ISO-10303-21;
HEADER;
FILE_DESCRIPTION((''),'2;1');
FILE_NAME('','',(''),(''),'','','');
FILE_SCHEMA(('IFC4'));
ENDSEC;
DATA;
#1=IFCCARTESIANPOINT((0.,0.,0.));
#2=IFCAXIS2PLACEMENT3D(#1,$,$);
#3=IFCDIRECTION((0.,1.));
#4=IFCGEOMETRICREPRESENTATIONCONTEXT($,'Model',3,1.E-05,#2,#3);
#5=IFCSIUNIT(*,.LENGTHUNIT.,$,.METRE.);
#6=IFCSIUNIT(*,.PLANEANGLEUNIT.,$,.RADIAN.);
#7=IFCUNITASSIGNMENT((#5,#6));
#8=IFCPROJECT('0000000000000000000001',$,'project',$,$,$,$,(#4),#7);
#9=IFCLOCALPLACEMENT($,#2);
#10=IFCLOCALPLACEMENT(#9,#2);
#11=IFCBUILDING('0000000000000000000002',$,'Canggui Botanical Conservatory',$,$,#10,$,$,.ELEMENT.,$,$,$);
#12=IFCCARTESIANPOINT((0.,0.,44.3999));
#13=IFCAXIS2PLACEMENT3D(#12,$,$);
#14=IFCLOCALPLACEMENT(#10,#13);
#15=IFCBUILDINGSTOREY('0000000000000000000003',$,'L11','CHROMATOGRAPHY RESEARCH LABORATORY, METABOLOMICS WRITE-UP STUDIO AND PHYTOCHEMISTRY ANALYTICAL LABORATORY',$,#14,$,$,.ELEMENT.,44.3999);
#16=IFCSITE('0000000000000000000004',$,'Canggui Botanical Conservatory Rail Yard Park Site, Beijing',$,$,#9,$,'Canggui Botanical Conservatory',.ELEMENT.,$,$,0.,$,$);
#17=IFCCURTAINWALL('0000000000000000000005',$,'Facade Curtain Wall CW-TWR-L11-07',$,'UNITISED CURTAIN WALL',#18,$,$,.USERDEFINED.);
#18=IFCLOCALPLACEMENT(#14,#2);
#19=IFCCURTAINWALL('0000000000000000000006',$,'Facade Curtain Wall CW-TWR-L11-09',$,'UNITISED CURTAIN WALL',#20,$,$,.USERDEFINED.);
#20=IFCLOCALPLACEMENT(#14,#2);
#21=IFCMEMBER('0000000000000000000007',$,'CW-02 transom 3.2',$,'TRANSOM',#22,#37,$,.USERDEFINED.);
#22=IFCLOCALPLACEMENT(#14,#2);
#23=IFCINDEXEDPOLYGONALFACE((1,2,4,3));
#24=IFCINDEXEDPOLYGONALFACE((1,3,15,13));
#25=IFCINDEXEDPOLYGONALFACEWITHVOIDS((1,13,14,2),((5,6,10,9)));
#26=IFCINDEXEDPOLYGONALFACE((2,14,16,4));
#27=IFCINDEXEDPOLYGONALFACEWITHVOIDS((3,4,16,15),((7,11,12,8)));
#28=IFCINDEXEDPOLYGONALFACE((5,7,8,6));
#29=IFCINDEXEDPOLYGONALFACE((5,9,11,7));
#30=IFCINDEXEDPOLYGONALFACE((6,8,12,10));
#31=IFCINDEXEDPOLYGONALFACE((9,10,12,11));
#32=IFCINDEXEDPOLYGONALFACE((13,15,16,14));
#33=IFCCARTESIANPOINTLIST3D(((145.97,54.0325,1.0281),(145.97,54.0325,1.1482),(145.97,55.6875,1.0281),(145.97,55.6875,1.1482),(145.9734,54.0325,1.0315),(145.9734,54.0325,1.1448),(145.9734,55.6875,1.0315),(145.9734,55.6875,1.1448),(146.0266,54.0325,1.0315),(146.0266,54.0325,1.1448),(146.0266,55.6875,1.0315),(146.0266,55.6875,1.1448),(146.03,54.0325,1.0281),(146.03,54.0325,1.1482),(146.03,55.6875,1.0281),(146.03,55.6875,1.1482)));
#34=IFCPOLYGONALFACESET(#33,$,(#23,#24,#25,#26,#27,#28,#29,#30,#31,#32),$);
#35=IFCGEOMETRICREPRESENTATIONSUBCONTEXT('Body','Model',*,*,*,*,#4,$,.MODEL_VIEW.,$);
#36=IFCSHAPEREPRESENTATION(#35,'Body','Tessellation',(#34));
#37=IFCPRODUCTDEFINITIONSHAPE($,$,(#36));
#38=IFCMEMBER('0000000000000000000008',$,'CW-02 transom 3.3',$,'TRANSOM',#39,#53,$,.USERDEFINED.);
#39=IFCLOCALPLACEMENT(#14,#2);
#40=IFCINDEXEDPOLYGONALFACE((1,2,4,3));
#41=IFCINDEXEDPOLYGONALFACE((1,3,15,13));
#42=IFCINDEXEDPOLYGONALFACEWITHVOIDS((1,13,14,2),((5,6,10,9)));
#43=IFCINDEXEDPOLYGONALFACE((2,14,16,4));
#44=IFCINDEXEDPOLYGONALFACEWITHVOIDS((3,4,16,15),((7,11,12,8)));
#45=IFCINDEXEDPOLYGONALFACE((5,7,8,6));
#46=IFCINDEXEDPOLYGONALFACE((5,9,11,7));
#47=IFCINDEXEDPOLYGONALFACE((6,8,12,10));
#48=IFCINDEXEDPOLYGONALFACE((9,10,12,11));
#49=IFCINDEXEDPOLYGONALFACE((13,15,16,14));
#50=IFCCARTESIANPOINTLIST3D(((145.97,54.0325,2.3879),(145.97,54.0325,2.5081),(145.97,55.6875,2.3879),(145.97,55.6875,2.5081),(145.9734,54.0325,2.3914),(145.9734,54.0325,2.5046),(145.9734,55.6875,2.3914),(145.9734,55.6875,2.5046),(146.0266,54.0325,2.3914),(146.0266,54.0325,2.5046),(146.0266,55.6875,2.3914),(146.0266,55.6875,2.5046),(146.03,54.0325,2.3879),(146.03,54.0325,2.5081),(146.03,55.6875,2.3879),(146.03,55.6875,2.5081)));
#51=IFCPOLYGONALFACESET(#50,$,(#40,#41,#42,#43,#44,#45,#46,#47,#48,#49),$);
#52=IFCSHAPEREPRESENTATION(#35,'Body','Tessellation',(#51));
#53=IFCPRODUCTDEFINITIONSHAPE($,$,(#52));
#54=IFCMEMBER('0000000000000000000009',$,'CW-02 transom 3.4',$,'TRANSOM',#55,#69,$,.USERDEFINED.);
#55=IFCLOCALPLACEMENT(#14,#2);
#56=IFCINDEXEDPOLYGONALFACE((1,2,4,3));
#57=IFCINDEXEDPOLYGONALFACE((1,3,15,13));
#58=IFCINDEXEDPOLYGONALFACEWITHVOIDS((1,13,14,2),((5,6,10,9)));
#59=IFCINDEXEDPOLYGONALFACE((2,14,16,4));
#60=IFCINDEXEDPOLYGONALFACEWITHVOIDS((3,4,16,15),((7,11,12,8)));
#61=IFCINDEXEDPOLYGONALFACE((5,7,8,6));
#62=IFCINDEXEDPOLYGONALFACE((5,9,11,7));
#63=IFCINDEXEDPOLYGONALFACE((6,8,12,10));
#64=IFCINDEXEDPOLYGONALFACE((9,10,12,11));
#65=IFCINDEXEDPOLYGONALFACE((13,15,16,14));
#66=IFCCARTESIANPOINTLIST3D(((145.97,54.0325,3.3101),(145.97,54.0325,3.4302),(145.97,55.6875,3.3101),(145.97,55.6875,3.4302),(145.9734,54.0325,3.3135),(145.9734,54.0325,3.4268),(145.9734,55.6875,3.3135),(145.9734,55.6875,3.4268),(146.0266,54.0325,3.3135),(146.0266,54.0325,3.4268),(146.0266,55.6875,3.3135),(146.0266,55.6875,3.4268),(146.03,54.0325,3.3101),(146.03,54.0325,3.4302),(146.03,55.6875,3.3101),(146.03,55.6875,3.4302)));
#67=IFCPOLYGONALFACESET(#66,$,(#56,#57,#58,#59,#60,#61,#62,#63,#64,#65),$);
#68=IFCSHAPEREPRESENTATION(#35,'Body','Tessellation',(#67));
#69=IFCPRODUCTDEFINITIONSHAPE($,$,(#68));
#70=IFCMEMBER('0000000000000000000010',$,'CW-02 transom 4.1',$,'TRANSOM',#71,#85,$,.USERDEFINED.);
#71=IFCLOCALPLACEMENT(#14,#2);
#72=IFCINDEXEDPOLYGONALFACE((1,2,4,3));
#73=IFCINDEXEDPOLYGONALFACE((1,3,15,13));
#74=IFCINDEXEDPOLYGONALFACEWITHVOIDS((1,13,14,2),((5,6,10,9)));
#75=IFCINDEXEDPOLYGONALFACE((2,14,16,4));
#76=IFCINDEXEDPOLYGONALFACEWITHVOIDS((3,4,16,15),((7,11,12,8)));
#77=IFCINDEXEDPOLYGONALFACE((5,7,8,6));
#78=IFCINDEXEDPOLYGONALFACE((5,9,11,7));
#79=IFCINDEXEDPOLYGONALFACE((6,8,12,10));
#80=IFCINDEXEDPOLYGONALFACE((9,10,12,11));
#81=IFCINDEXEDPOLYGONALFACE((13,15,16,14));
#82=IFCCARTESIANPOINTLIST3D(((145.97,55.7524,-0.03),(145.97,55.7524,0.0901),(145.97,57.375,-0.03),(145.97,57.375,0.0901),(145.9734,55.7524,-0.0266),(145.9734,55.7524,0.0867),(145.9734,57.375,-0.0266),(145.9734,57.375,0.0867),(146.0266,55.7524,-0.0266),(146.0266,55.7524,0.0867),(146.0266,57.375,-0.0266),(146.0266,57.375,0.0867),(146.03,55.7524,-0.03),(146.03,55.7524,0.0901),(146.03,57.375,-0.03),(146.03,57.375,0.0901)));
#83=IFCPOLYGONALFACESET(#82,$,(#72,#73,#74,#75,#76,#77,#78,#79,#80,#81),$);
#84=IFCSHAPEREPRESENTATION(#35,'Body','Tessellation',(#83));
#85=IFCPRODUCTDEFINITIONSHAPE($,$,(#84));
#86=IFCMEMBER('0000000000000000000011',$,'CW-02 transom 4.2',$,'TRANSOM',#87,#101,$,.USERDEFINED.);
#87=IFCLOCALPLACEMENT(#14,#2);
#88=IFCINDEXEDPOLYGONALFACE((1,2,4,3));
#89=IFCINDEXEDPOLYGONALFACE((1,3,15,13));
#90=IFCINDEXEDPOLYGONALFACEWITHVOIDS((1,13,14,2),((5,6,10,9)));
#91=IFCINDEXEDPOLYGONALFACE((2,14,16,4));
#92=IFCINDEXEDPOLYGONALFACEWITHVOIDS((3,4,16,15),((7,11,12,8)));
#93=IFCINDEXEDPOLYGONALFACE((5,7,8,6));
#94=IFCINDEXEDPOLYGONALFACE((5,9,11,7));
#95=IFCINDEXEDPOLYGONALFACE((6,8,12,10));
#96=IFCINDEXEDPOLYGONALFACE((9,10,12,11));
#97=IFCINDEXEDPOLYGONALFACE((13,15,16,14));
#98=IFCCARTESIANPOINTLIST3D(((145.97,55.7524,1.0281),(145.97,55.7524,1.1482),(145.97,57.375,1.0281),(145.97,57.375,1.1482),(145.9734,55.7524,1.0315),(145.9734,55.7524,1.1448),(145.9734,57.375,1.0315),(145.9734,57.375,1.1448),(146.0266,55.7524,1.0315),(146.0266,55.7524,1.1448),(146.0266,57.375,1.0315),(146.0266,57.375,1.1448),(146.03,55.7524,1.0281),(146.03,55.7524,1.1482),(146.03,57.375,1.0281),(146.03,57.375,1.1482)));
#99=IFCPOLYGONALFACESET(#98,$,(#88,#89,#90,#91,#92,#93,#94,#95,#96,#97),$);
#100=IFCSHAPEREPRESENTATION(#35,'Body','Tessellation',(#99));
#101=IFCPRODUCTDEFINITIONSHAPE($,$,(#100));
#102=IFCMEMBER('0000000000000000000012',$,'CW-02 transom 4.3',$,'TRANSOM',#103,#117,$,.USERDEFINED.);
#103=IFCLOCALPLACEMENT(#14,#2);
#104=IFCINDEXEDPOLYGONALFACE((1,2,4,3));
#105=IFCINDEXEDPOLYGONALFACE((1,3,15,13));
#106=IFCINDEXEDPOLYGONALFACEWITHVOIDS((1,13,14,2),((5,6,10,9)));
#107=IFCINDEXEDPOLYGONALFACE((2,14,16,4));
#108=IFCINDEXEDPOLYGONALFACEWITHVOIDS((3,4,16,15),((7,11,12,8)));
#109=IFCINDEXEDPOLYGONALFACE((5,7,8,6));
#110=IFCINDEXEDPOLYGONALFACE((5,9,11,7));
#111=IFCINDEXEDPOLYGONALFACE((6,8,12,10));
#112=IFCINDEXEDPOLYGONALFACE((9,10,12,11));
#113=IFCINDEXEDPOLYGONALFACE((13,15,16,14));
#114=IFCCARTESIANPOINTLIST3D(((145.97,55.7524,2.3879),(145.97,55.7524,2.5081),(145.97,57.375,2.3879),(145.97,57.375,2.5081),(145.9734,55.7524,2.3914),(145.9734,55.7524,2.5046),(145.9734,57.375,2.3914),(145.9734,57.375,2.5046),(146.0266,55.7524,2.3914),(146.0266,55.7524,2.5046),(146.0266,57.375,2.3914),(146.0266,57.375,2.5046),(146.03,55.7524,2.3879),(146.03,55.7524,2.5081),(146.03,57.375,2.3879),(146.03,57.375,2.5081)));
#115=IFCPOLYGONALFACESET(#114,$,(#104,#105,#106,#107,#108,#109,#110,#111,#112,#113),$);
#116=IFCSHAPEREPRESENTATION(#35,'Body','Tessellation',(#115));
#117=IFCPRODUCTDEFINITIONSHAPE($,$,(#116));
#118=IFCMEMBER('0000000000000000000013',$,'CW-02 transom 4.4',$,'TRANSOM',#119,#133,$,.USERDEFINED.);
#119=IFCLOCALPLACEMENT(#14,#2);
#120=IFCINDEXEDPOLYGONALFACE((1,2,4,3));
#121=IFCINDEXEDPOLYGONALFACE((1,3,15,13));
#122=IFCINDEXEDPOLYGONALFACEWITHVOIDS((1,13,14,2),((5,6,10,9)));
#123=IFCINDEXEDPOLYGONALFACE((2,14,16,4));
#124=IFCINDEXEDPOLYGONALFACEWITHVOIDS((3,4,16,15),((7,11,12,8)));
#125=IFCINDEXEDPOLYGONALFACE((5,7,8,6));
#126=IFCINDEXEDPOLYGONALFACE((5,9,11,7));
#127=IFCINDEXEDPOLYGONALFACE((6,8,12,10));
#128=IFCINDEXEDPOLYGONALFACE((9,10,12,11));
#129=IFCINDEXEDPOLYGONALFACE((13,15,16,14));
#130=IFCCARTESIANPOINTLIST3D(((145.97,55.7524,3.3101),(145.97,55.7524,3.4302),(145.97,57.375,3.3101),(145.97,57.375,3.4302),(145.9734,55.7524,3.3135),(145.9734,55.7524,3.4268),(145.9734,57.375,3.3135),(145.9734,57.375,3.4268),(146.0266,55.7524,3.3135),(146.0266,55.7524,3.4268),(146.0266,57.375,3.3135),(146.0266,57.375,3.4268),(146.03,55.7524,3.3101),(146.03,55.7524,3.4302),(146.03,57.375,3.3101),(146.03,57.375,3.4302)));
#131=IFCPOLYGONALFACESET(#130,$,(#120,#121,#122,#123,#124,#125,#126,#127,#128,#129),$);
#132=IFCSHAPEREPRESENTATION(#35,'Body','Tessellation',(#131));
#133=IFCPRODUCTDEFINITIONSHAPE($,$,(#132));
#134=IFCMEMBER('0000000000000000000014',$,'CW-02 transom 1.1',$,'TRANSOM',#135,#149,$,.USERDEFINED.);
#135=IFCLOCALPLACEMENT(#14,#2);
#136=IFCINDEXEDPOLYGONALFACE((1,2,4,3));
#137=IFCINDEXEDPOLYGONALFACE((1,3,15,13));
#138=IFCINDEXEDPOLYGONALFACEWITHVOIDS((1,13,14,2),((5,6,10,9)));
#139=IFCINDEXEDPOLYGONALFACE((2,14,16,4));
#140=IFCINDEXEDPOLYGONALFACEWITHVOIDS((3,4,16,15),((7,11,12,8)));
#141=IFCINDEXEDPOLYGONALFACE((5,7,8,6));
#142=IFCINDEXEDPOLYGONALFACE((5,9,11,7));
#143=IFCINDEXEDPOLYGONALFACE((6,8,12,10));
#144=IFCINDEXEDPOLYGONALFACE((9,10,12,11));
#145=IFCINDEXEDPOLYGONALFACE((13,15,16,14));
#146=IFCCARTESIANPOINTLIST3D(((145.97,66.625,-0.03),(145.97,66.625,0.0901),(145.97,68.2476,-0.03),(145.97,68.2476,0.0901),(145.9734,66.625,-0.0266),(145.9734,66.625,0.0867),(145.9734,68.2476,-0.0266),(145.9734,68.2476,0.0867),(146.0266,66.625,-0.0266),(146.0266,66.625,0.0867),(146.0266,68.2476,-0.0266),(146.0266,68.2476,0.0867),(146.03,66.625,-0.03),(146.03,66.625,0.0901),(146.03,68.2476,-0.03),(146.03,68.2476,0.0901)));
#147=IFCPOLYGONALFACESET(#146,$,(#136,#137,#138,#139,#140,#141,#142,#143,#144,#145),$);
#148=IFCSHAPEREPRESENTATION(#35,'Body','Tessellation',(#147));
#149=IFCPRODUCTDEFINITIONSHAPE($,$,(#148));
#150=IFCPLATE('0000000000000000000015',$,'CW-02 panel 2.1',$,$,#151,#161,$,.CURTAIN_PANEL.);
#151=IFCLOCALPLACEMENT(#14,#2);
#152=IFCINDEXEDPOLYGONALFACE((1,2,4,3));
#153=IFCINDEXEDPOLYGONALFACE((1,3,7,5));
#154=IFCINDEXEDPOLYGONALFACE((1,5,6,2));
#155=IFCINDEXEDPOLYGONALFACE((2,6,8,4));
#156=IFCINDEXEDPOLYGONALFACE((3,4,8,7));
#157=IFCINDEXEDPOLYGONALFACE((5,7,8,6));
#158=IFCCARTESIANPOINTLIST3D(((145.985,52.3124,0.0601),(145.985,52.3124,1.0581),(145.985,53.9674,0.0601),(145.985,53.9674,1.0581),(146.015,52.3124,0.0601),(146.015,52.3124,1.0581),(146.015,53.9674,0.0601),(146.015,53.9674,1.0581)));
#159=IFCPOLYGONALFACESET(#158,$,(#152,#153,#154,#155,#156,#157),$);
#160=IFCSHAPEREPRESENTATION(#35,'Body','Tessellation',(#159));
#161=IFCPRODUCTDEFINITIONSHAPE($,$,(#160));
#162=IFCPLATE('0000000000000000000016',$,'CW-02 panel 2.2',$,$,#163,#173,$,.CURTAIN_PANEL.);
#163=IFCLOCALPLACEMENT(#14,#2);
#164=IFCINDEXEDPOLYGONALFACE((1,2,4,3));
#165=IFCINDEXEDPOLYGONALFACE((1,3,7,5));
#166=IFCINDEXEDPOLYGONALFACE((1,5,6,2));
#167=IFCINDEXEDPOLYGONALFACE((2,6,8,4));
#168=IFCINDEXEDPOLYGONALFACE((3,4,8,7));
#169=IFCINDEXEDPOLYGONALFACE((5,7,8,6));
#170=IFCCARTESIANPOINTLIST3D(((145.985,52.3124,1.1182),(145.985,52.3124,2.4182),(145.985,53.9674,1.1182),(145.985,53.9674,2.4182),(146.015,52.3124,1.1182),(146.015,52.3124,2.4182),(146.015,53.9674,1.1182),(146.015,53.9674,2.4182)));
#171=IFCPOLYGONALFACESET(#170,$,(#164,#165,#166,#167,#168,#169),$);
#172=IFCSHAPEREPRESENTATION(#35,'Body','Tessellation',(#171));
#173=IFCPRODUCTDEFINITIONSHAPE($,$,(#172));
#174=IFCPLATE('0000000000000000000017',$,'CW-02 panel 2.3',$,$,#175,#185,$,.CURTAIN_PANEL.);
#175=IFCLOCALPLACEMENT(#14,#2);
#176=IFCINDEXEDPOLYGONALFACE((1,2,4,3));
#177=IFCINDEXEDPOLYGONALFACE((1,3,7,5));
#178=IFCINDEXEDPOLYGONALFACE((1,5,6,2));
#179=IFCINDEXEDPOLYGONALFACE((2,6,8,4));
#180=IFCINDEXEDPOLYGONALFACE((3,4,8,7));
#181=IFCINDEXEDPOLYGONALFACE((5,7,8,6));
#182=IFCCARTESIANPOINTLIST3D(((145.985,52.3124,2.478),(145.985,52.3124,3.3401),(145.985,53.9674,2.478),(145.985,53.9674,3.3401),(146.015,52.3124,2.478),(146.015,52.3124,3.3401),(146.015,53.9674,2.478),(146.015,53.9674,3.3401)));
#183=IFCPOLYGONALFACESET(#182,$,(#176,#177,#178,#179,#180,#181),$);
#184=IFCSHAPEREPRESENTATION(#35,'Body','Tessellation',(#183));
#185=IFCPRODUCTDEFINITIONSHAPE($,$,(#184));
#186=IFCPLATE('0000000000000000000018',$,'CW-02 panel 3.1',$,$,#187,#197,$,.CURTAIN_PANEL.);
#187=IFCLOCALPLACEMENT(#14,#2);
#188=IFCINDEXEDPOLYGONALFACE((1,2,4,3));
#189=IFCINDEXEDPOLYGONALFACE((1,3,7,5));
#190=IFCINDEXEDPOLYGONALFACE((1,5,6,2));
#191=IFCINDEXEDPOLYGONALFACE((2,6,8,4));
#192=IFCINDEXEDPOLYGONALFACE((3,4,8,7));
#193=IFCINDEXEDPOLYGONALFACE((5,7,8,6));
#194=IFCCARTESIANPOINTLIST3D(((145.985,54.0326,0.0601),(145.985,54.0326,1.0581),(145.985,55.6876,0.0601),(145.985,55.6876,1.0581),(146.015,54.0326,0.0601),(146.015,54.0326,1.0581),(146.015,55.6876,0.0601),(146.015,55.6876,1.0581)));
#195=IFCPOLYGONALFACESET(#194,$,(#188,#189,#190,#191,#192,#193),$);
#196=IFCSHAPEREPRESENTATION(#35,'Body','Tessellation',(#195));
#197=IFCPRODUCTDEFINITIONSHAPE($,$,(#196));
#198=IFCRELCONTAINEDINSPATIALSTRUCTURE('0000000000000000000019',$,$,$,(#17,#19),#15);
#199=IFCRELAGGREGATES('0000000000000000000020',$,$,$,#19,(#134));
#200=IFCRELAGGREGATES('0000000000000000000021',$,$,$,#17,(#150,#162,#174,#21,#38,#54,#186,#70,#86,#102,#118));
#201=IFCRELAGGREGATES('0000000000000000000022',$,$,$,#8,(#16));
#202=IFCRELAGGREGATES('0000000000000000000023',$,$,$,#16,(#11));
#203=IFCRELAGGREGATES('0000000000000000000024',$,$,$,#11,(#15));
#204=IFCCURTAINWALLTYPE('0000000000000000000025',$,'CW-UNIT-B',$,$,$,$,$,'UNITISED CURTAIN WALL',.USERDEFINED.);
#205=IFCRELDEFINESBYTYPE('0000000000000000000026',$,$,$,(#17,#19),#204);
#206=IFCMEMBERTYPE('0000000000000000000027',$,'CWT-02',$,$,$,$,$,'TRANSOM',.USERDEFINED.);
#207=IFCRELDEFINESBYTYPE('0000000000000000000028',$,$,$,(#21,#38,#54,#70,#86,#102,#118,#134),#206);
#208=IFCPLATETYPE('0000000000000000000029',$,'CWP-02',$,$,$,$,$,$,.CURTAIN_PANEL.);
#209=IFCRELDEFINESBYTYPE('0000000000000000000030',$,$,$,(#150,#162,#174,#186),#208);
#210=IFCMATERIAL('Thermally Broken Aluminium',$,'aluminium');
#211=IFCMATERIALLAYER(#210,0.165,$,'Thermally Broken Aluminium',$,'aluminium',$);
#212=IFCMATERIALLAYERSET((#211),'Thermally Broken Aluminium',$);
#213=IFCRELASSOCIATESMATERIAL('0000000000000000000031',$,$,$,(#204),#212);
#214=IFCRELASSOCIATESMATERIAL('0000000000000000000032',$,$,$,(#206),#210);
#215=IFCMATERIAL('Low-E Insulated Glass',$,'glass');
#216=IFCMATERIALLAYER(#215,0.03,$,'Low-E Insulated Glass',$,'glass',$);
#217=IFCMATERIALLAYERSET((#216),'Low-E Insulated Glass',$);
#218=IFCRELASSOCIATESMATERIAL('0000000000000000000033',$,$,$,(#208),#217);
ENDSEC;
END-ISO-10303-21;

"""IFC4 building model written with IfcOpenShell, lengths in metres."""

from ifc_helpers import new_model, si_unit, direction, frame, origin, origin_2d, place, context, subcontext, project, spatial, rectangle, hollow_rectangle, extrude, material, layer, layer_set, material_profile, profile_set, type_object, element, aggregate, save


model = new_model("IFC4")

# Units and contexts
model_context = context("Model", 3, precision=1e-05, world=origin(), true_north=direction((0.0, 1.0)))
body_context = subcontext(model_context, "Body", "Model", "MODEL_VIEW")
ifc_project = project(units=[si_unit("LENGTHUNIT", "METRE"), si_unit("PLANEANGLEUNIT", "RADIAN")], contexts=[model_context])

# Site, building, storey
site_placement = place(None, origin())
site = spatial("IfcSite", under=ifc_project, at=site_placement, Name="Canggui Botanical Conservatory Rail Yard Park Site, Beijing", LongName="Canggui Botanical Conservatory", CompositionType="ELEMENT", RefElevation=0.0)
building_placement = place(site_placement, origin())
building = spatial("IfcBuilding", under=site, at=building_placement, Name="Canggui Botanical Conservatory", CompositionType="ELEMENT")
storey_placement = place(building_placement, frame((0.0, 0.0, 44.3999)))
storey = spatial("IfcBuildingStorey", under=building, at=storey_placement, Name="L11", Description="CHROMATOGRAPHY RESEARCH LABORATORY, METABOLOMICS WRITE-UP STUDIO AND PHYTOCHEMISTRY ANALYTICAL LABORATORY", CompositionType="ELEMENT", Elevation=44.3999)

# Curtain walls
ifc_material_1 = material(Name="Thermally Broken Aluminium", Category="aluminium")
ifc_layer_1 = layer(ifc_material_1, 0.165, Name="Thermally Broken Aluminium", Category="aluminium")
ifc_layer_set_1 = layer_set([ifc_layer_1], Name="Thermally Broken Aluminium")
curtain_wall_type = type_object("IfcCurtainWallType", Name="CW-UNIT-B", ElementType="UNITISED CURTAIN WALL", PredefinedType="USERDEFINED", material=ifc_layer_set_1)
curtain_wall_1_placement = place(storey_placement, origin())
curtain_wall_1 = element("IfcCurtainWall", 1, at=curtain_wall_1_placement, inside=storey, type_object=curtain_wall_type, Name="Facade Curtain Wall CW-TWR-L11-07", ObjectType="UNITISED CURTAIN WALL", PredefinedType="USERDEFINED")
curtain_wall_2_placement = place(storey_placement, origin())
curtain_wall_2 = element("IfcCurtainWall", 2, at=curtain_wall_2_placement, inside=storey, type_object=curtain_wall_type, Name="Facade Curtain Wall CW-TWR-L11-09", ObjectType="UNITISED CURTAIN WALL", PredefinedType="USERDEFINED")

# Members
ifc_material_profile_1 = material_profile(ifc_material_1, hollow_rectangle(XDim=0.0601, YDim=0.1201, WallThickness=0.0034, at=origin_2d()), Name="CWT 60x120x3.5")
ifc_profile_set_1 = profile_set([ifc_material_profile_1], Name="Thermally Broken Aluminium")
member_type_1 = type_object("IfcMemberType", Name="CWT-02", ElementType="TRANSOM", PredefinedType="USERDEFINED", material=ifc_profile_set_1)
member_1_placement = place(storey_placement, frame((146.0, 54.0325, 1.0881), z_axis=(0.0, 1.0, 0.0), x_axis=(-1.0, 0.0, 0.0)))
member_1 = element("IfcMember", 3, at=member_1_placement, type_object=member_type_1, Name="CW-02 transom 3.2", ObjectType="TRANSOM", PredefinedType="USERDEFINED", context=body_context, shape_type="SweptSolid", body=[
    extrude(hollow_rectangle(XDim=0.0601, YDim=0.1201, WallThickness=0.0034, at=origin_2d()), origin(), (0.0, 0.0, 1.0), 1.655),
])
member_2_placement = place(storey_placement, frame((146.0, 54.0325, 2.448), z_axis=(0.0, 1.0, 0.0), x_axis=(-1.0, 0.0, 0.0)))
member_2 = element("IfcMember", 4, at=member_2_placement, type_object=member_type_1, Name="CW-02 transom 3.3", ObjectType="TRANSOM", PredefinedType="USERDEFINED", context=body_context, shape_type="SweptSolid", body=[
    extrude(hollow_rectangle(XDim=0.0601, YDim=0.1201, WallThickness=0.0034, at=origin_2d()), origin(), (0.0, 0.0, 1.0), 1.655),
])
member_3_placement = place(storey_placement, frame((146.0, 54.0325, 3.3701), z_axis=(0.0, 1.0, 0.0), x_axis=(-1.0, 0.0, 0.0)))
member_3 = element("IfcMember", 5, at=member_3_placement, type_object=member_type_1, Name="CW-02 transom 3.4", ObjectType="TRANSOM", PredefinedType="USERDEFINED", context=body_context, shape_type="SweptSolid", body=[
    extrude(hollow_rectangle(XDim=0.0601, YDim=0.1201, WallThickness=0.0034, at=origin_2d()), origin(), (0.0, 0.0, 1.0), 1.655),
])
member_4_placement = place(storey_placement, frame((146.0, 55.7524, 0.03), z_axis=(0.0, 1.0, 0.0), x_axis=(-1.0, 0.0, 0.0)))
member_4 = element("IfcMember", 6, at=member_4_placement, type_object=member_type_1, Name="CW-02 transom 4.1", ObjectType="TRANSOM", PredefinedType="USERDEFINED", context=body_context, shape_type="SweptSolid", body=[
    extrude(hollow_rectangle(XDim=0.0601, YDim=0.1201, WallThickness=0.0034, at=origin_2d()), origin(), (0.0, 0.0, 1.0), 1.6226),
])
member_5_placement = place(storey_placement, frame((146.0, 55.7524, 1.0881), z_axis=(0.0, 1.0, 0.0), x_axis=(-1.0, 0.0, 0.0)))
member_5 = element("IfcMember", 7, at=member_5_placement, type_object=member_type_1, Name="CW-02 transom 4.2", ObjectType="TRANSOM", PredefinedType="USERDEFINED", context=body_context, shape_type="SweptSolid", body=[
    extrude(hollow_rectangle(XDim=0.0601, YDim=0.1201, WallThickness=0.0034, at=origin_2d()), origin(), (0.0, 0.0, 1.0), 1.6226),
])
member_6_placement = place(storey_placement, frame((146.0, 55.7524, 2.448), z_axis=(0.0, 1.0, 0.0), x_axis=(-1.0, 0.0, 0.0)))
member_6 = element("IfcMember", 8, at=member_6_placement, type_object=member_type_1, Name="CW-02 transom 4.3", ObjectType="TRANSOM", PredefinedType="USERDEFINED", context=body_context, shape_type="SweptSolid", body=[
    extrude(hollow_rectangle(XDim=0.0601, YDim=0.1201, WallThickness=0.0034, at=origin_2d()), origin(), (0.0, 0.0, 1.0), 1.6226),
])
member_7_placement = place(storey_placement, frame((146.0, 55.7524, 3.3701), z_axis=(0.0, 1.0, 0.0), x_axis=(-1.0, 0.0, 0.0)))
member_7 = element("IfcMember", 9, at=member_7_placement, type_object=member_type_1, Name="CW-02 transom 4.4", ObjectType="TRANSOM", PredefinedType="USERDEFINED", context=body_context, shape_type="SweptSolid", body=[
    extrude(hollow_rectangle(XDim=0.0601, YDim=0.1201, WallThickness=0.0034, at=origin_2d()), origin(), (0.0, 0.0, 1.0), 1.6226),
])
member_8_placement = place(storey_placement, frame((146.0, 66.625, 0.03), z_axis=(0.0, 1.0, 0.0), x_axis=(-1.0, 0.0, 0.0)))
member_8 = element("IfcMember", 10, at=member_8_placement, type_object=member_type_1, Name="CW-02 transom 1.1", ObjectType="TRANSOM", PredefinedType="USERDEFINED", context=body_context, shape_type="SweptSolid", body=[
    extrude(hollow_rectangle(XDim=0.0601, YDim=0.1201, WallThickness=0.0034, at=origin_2d()), origin(), (0.0, 0.0, 1.0), 1.6226),
])
aggregate(curtain_wall_2, [member_8])

# Plates
ifc_material_2 = material(Name="Low-E Insulated Glass", Category="glass")
ifc_layer_2 = layer(ifc_material_2, 0.03, Name="Low-E Insulated Glass", Category="glass")
ifc_layer_set_2 = layer_set([ifc_layer_2], Name="Low-E Insulated Glass")
plate_type = type_object("IfcPlateType", Name="CWP-02", PredefinedType="CURTAIN_PANEL", material=ifc_layer_set_2)
plate_1_placement = place(storey_placement, frame((146.0, 53.1399, 0.0601), z_axis=(0.0, 0.0, 1.0), x_axis=(0.0, 1.0, 0.0)))
plate_1 = element("IfcPlate", 11, at=plate_1_placement, type_object=plate_type, Name="CW-02 panel 2.1", PredefinedType="CURTAIN_PANEL", context=body_context, shape_type="SweptSolid", body=[
    extrude(rectangle(XDim=1.655, YDim=0.03, at=origin_2d()), origin(), (0.0, 0.0, 1.0), 0.998),
])
plate_2_placement = place(storey_placement, frame((146.0, 53.1399, 1.1182), z_axis=(0.0, 0.0, 1.0), x_axis=(0.0, 1.0, 0.0)))
plate_2 = element("IfcPlate", 12, at=plate_2_placement, type_object=plate_type, Name="CW-02 panel 2.2", PredefinedType="CURTAIN_PANEL", context=body_context, shape_type="SweptSolid", body=[
    extrude(rectangle(XDim=1.655, YDim=0.03, at=origin_2d()), origin(), (0.0, 0.0, 1.0), 1.3),
])
plate_3_placement = place(storey_placement, frame((146.0, 53.1399, 2.478), z_axis=(0.0, 0.0, 1.0), x_axis=(0.0, 1.0, 0.0)))
plate_3 = element("IfcPlate", 13, at=plate_3_placement, type_object=plate_type, Name="CW-02 panel 2.3", PredefinedType="CURTAIN_PANEL", context=body_context, shape_type="SweptSolid", body=[
    extrude(rectangle(XDim=1.655, YDim=0.03, at=origin_2d()), origin(), (0.0, 0.0, 1.0), 0.8621),
])
plate_4_placement = place(storey_placement, frame((146.0, 54.8601, 0.0601), z_axis=(0.0, 0.0, 1.0), x_axis=(0.0, 1.0, 0.0)))
plate_4 = element("IfcPlate", 14, at=plate_4_placement, type_object=plate_type, Name="CW-02 panel 3.1", PredefinedType="CURTAIN_PANEL", context=body_context, shape_type="SweptSolid", body=[
    extrude(rectangle(XDim=1.655, YDim=0.03, at=origin_2d()), origin(), (0.0, 0.0, 1.0), 0.998),
])
aggregate(curtain_wall_1, [plate_1, plate_2, plate_3, member_1, member_2, member_3, plate_4, member_4, member_5, member_6, member_7])

save(model, "model.ifc")
